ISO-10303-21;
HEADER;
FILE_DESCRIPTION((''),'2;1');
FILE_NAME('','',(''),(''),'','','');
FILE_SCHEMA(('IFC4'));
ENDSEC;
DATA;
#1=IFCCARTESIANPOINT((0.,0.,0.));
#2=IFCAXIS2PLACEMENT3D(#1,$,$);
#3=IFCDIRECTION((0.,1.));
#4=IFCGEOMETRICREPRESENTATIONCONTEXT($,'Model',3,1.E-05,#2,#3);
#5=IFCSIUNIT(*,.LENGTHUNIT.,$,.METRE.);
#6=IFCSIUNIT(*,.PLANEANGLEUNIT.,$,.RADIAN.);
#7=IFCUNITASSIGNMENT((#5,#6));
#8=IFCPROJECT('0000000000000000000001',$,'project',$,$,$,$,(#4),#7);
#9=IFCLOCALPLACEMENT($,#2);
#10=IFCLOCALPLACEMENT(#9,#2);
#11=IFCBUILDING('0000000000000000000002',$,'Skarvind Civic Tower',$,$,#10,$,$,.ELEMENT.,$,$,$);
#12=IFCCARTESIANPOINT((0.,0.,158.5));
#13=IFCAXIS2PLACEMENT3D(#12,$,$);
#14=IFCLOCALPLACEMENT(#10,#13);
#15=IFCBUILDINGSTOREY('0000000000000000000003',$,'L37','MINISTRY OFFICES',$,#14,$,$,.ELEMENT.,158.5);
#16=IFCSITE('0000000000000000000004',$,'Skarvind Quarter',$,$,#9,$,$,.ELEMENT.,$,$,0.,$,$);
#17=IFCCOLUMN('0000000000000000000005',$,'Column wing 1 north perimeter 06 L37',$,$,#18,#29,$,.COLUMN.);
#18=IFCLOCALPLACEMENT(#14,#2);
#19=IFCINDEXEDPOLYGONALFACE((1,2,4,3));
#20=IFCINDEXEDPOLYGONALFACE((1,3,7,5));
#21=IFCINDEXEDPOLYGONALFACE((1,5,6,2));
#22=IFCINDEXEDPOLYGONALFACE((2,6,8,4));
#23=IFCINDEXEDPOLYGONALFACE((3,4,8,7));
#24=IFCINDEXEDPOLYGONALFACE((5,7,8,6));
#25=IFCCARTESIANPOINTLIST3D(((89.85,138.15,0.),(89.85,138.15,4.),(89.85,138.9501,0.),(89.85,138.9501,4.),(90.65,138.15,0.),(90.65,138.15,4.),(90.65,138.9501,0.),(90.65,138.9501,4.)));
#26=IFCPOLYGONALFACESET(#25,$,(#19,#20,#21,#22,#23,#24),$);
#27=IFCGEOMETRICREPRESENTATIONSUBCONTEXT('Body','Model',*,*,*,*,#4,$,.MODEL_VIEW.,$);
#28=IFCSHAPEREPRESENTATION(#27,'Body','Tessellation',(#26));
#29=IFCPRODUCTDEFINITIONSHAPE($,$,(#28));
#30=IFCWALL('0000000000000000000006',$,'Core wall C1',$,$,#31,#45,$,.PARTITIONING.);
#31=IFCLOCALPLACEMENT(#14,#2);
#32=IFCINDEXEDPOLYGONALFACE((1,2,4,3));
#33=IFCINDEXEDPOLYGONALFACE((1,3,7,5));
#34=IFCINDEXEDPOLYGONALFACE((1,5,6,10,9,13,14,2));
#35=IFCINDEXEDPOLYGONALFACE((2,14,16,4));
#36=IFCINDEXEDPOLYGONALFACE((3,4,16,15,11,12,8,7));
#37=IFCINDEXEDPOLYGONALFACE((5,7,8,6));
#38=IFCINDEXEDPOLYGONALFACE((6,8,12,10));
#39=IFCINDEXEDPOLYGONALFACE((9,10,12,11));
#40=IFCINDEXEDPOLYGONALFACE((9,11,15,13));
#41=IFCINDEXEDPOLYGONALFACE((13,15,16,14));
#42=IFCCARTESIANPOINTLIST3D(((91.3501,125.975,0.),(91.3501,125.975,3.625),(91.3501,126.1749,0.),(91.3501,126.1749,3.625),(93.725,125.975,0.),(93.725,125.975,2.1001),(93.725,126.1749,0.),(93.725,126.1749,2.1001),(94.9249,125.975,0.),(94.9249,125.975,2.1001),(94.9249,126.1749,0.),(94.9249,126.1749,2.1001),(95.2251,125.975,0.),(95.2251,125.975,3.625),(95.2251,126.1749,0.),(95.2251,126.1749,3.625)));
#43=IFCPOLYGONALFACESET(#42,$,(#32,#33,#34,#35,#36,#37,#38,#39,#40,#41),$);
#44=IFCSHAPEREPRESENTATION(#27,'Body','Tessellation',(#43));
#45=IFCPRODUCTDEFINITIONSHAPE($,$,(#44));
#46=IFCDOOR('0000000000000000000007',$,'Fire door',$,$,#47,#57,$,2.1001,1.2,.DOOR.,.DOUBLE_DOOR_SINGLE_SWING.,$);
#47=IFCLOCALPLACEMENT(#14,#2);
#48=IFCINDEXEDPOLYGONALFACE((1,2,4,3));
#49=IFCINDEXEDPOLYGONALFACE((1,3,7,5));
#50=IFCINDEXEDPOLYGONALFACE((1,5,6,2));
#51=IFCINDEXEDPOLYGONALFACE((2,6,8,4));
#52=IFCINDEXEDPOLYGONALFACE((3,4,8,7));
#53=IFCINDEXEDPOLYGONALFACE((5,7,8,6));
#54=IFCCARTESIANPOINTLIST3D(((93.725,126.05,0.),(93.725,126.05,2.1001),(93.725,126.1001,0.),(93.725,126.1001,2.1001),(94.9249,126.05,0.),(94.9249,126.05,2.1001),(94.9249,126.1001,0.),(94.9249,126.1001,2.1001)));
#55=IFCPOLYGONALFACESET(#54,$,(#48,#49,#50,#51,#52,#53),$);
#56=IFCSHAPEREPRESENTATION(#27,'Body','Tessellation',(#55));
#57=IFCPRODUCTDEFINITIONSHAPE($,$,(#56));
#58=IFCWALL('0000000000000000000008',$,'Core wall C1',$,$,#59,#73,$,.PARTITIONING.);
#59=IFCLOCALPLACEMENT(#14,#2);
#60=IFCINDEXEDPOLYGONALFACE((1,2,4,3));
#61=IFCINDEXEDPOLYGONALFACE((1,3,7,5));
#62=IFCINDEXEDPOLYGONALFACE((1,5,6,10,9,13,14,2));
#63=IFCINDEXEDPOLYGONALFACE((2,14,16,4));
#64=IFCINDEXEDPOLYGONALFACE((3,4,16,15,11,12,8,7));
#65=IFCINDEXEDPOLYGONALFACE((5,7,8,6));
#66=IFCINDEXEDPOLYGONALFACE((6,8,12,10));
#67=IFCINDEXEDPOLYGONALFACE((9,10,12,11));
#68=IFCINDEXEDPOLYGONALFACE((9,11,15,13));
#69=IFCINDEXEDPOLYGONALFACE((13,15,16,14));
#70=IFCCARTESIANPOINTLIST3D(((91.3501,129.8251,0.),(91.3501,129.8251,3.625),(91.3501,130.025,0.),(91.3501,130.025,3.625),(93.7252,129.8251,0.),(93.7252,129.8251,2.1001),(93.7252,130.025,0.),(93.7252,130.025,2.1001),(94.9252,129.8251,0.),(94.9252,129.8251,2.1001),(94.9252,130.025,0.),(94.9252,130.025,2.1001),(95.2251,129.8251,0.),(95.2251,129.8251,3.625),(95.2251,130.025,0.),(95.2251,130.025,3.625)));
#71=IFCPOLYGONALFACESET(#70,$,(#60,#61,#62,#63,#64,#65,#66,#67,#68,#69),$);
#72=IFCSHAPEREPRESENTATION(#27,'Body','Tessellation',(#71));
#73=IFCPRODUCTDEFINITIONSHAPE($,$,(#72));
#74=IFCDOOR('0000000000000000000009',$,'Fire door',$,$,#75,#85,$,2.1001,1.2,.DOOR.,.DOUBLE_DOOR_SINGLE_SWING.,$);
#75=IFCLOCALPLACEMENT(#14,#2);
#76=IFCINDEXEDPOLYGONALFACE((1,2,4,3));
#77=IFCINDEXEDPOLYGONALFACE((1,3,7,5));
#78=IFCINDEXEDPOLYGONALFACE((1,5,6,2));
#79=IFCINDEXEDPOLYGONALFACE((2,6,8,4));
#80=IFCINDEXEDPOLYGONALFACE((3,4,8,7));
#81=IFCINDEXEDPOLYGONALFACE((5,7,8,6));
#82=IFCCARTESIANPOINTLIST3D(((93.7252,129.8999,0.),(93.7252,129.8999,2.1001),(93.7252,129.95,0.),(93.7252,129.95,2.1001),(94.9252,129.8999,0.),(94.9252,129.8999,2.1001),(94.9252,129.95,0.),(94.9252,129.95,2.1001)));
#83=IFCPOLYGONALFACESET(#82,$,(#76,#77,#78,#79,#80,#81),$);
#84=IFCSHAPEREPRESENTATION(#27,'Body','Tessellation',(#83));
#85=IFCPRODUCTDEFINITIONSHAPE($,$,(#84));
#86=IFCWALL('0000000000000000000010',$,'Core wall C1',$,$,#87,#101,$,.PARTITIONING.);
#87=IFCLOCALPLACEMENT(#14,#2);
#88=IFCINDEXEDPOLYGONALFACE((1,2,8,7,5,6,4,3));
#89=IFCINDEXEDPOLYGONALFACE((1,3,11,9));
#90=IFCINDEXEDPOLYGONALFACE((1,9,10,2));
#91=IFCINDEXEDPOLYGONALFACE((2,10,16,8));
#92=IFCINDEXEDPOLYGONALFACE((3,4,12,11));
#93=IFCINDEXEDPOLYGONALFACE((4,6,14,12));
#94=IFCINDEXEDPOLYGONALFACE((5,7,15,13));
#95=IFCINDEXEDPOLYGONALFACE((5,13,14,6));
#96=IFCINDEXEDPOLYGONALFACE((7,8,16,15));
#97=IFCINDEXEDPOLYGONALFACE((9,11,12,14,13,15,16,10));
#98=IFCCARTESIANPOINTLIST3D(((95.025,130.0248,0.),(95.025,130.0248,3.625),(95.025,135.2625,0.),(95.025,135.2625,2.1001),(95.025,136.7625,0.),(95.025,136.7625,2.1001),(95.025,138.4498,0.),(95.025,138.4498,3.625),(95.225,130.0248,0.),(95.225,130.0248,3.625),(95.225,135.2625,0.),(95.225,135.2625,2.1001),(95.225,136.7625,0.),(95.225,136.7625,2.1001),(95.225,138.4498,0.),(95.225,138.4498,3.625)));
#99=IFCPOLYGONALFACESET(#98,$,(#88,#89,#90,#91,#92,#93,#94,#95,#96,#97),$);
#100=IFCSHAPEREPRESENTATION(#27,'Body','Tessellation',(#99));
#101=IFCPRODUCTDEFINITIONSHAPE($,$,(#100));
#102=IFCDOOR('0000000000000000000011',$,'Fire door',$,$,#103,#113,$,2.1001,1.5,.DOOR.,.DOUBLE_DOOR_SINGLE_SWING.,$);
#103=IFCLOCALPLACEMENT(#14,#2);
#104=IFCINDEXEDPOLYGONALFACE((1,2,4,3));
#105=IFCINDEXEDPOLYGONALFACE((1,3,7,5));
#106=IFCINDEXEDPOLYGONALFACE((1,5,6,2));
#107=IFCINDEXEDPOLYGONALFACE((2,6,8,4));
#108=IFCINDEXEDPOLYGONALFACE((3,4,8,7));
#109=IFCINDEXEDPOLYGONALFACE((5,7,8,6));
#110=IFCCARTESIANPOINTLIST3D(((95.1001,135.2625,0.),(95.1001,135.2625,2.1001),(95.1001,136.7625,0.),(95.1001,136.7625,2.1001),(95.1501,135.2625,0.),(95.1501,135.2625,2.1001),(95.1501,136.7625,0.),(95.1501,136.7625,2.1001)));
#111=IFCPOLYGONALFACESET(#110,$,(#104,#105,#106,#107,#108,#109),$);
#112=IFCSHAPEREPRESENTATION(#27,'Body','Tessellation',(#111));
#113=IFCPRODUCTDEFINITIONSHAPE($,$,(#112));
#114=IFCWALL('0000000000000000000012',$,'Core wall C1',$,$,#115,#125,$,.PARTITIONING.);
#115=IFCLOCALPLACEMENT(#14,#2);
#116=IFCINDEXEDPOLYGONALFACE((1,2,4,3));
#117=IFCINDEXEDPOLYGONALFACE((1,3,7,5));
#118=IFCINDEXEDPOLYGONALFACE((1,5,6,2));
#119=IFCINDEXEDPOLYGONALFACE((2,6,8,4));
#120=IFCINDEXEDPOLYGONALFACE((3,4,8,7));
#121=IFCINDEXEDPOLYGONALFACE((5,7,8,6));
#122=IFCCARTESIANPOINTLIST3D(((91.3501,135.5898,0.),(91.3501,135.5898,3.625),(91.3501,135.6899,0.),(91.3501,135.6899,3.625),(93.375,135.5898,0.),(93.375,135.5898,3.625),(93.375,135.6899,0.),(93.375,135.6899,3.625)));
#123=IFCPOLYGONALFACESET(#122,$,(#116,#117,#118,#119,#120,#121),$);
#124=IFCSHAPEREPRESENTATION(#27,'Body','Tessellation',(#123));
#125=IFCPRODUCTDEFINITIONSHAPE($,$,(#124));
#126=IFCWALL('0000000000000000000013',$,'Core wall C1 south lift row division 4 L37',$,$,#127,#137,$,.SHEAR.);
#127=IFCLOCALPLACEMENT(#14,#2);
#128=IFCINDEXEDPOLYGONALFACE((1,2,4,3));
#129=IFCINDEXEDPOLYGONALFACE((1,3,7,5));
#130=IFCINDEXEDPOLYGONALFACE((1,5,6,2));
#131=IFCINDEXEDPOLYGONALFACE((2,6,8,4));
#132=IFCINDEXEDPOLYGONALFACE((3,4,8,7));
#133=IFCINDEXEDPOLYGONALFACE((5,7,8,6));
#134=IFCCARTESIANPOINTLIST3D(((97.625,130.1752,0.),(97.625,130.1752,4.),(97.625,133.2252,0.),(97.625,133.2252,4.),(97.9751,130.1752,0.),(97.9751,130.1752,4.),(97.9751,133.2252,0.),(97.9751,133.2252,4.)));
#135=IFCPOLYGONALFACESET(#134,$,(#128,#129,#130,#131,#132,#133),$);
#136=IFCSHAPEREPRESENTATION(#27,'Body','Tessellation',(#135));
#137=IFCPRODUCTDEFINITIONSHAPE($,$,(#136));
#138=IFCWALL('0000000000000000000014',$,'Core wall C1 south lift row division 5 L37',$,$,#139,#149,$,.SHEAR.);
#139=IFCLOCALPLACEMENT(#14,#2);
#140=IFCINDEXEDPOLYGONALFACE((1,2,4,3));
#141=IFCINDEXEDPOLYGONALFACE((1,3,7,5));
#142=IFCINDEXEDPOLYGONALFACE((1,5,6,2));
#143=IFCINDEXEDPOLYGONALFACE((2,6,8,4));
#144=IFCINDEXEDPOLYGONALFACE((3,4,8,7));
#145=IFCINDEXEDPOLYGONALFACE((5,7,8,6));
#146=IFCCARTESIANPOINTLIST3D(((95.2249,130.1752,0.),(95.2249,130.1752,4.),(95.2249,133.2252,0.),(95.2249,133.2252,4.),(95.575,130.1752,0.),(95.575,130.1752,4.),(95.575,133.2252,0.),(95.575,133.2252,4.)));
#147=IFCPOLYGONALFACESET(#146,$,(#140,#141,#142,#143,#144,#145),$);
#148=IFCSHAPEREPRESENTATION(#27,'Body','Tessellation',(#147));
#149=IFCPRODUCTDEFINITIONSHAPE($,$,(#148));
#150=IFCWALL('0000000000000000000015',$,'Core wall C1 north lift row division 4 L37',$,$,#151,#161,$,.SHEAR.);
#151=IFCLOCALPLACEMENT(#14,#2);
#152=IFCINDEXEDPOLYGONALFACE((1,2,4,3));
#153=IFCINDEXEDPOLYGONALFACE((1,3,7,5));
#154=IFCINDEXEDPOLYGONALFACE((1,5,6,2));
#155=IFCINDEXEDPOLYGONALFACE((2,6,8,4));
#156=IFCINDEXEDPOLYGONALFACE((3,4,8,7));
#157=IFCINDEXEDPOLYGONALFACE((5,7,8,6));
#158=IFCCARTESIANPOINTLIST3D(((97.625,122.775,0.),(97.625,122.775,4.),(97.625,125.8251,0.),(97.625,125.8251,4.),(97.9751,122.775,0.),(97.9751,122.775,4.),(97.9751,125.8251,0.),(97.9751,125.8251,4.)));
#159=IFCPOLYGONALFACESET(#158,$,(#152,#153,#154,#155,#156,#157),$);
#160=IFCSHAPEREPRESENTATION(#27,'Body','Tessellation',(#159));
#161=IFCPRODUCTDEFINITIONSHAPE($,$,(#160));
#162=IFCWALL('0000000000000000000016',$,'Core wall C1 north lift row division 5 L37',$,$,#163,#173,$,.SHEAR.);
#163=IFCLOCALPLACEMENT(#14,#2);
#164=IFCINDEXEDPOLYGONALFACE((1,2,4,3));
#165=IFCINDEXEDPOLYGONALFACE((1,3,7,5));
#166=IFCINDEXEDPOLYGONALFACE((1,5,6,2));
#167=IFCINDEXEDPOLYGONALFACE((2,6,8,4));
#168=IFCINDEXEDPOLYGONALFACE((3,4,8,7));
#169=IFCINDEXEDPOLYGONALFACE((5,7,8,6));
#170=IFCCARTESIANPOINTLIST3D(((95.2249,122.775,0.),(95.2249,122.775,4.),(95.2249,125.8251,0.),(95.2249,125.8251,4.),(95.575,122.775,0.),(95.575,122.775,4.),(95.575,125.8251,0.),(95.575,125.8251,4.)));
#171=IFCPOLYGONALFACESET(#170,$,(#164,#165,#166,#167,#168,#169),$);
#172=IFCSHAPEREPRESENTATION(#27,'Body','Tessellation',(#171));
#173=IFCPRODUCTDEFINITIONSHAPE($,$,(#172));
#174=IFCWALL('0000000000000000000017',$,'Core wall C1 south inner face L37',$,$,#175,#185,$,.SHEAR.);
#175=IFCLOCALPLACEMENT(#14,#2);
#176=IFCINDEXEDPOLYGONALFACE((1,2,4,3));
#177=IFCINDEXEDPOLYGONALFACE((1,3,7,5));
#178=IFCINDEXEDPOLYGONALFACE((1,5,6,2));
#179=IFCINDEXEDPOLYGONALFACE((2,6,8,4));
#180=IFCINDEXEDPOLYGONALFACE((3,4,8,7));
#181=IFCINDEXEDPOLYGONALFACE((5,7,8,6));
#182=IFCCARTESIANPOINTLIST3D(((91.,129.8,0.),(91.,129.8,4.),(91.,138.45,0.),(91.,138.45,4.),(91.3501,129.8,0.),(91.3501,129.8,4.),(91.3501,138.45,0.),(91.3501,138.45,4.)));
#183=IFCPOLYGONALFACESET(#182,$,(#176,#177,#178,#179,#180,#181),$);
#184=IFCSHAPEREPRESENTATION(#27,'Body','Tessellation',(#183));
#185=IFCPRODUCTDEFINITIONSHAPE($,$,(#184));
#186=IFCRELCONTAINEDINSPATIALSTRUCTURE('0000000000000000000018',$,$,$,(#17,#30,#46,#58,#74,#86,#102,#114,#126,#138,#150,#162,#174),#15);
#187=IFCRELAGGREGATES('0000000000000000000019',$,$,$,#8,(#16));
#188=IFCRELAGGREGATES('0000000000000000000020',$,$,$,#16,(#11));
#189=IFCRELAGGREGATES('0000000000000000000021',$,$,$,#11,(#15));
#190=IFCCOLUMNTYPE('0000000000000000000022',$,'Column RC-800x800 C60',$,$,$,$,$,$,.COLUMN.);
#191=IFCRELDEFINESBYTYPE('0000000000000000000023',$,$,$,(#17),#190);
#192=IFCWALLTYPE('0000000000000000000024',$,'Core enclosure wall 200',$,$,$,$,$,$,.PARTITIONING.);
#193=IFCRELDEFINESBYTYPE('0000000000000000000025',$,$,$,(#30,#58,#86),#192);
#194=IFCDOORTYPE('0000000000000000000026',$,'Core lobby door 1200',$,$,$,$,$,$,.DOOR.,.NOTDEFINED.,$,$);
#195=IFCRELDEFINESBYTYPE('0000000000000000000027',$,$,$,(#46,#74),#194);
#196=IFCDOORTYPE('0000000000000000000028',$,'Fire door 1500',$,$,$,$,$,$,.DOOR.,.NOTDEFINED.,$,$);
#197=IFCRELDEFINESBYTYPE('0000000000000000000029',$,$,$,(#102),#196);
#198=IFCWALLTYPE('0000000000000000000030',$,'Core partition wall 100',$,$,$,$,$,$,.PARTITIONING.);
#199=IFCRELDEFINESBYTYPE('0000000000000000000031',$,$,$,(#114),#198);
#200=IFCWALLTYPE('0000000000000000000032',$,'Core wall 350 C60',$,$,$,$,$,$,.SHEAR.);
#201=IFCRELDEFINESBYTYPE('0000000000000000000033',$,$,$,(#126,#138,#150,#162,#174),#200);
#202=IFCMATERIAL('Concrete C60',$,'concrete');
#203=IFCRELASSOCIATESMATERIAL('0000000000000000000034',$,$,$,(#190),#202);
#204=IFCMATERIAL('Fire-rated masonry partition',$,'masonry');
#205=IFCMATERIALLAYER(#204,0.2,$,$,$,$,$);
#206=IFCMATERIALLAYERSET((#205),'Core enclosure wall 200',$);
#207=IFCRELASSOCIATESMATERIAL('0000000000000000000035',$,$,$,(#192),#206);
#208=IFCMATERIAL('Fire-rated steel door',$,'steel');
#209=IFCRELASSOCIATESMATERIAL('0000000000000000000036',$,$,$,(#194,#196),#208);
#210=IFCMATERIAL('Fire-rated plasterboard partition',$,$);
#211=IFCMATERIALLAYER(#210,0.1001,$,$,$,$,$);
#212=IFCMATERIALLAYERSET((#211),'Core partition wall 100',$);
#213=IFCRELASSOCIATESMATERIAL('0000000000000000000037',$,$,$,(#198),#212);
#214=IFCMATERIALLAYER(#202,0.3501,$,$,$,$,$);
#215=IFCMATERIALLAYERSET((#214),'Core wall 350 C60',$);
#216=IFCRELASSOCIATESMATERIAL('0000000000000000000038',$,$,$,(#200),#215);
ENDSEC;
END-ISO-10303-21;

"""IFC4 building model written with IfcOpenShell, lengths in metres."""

from ifc_helpers import new_model, si_unit, direction, frame, frame_2d, origin, origin_2d, place, context, subcontext, project, spatial, rectangle, extrude, material, layer, layer_set, material_profile, profile_set, type_object, element, fill, save


model = new_model("IFC4")

# Units and contexts
model_context = context("Model", 3, precision=1e-05, world=origin(), true_north=direction((0.0, 1.0)))
body_context = subcontext(model_context, "Body", "Model", "MODEL_VIEW")
ifc_project = project(units=[si_unit("LENGTHUNIT", "METRE"), si_unit("PLANEANGLEUNIT", "RADIAN")], contexts=[model_context])

# Site, building, storey
site_placement = place(None, origin())
site = spatial("IfcSite", under=ifc_project, at=site_placement, Name="Skarvind Quarter", CompositionType="ELEMENT", RefElevation=0.0)
building_placement = place(site_placement, origin())
building = spatial("IfcBuilding", under=site, at=building_placement, Name="Skarvind Civic Tower", CompositionType="ELEMENT")
storey_placement = place(building_placement, frame((0.0, 0.0, 158.5)))
storey = spatial("IfcBuildingStorey", under=building, at=storey_placement, Name="L37", Description="MINISTRY OFFICES", CompositionType="ELEMENT", Elevation=158.5)

# Column
ifc_material_1 = material(Name="Concrete C60", Category="concrete")
ifc_material_profile = material_profile(ifc_material_1, rectangle(XDim=0.8, YDim=0.8, at=origin_2d()), Name="RC-800x800")
ifc_profile_set = profile_set([ifc_material_profile], Name="Concrete C60")
column_type = type_object("IfcColumnType", Name="Column RC-800x800 C60", PredefinedType="COLUMN", material=ifc_profile_set)
column_placement = place(storey_placement, frame((90.25, 138.55, 0.0), z_axis=(0.0, 0.0, 1.0), x_axis=(1.0, 0.0, 0.0)))
element("IfcColumn", 1, at=column_placement, inside=storey, type_object=column_type, Name="Column wing 1 north perimeter 06 L37", PredefinedType="COLUMN", context=body_context, shape_type="SweptSolid", body=[
    extrude(rectangle(XDim=0.8, YDim=0.8, at=origin_2d()), origin(), (0.0, 0.0, 1.0), 4.0),
])

# Walls, openings, doors
ifc_material_2 = material(Name="Fire-rated masonry partition", Category="masonry")
ifc_layer_1 = layer(ifc_material_2, 0.2)
ifc_layer_set_1 = layer_set([ifc_layer_1], Name="Core enclosure wall 200")
wall_type_1 = type_object("IfcWallType", Name="Core enclosure wall 200", PredefinedType="PARTITIONING", material=ifc_layer_set_1)
wall_1_placement = place(storey_placement, frame((95.2251, 126.075, 0.0), z_axis=(0.0, 0.0, 1.0), x_axis=(-1.0, 0.0, 0.0)))
wall_1 = element("IfcWall", 2, at=wall_1_placement, inside=storey, type_object=wall_type_1, Name="Core wall C1", PredefinedType="PARTITIONING", context=body_context, shape_type="SweptSolid", body=[
    extrude(rectangle(XDim=3.875, YDim=0.2, at=frame_2d((1.9375, 0.0))), origin(), (0.0, 0.0, 1.0), 3.625),
])
opening_1_placement = place(wall_1_placement, frame((0.3, 0.0, 0.0)))
opening_1 = element("IfcOpeningElement", 3, at=opening_1_placement, cuts=wall_1, PredefinedType="OPENING", context=body_context, shape_type="SweptSolid", body=[
    extrude(rectangle(XDim=1.2, YDim=2.1001, at=frame_2d((0.6001, 1.05))), frame((0.0, 0.1099, 0.0), z_axis=(0.0, -1.0, 0.0), x_axis=(1.0, 0.0, 0.0)), (0.0, 0.0, 1.0), 0.22),
])
ifc_material_3 = material(Name="Fire-rated steel door", Category="steel")
door_type_1 = type_object("IfcDoorType", Name="Core lobby door 1200", OperationType="NOTDEFINED", PredefinedType="DOOR", material=ifc_material_3)
door_1_placement = place(opening_1_placement, origin())
door_1 = element("IfcDoor", 4, at=door_1_placement, inside=storey, type_object=door_type_1, Name="Fire door", OperationType="DOUBLE_DOOR_SINGLE_SWING", OverallHeight=2.1001, OverallWidth=1.2, PredefinedType="DOOR", context=body_context, shape_type="SweptSolid", body=[
    extrude(rectangle(XDim=1.2, YDim=2.1001, at=frame_2d((0.6001, 1.05))), frame((0.0, 0.0249, 0.0), z_axis=(0.0, -1.0, 0.0), x_axis=(1.0, 0.0, 0.0)), (0.0, 0.0, 1.0), 0.05),
])
fill(opening_1, door_1)
wall_2_placement = place(storey_placement, frame((91.3501, 129.925, 0.0), z_axis=(0.0, 0.0, 1.0), x_axis=(1.0, 0.0, 0.0)))
wall_2 = element("IfcWall", 5, at=wall_2_placement, inside=storey, type_object=wall_type_1, Name="Core wall C1", PredefinedType="PARTITIONING", context=body_context, shape_type="SweptSolid", body=[
    extrude(rectangle(XDim=3.875, YDim=0.2, at=frame_2d((1.9375, 0.0))), origin(), (0.0, 0.0, 1.0), 3.625),
])
opening_2_placement = place(wall_2_placement, frame((2.375, 0.0, 0.0)))
opening_2 = element("IfcOpeningElement", 6, at=opening_2_placement, cuts=wall_2, PredefinedType="OPENING", context=body_context, shape_type="SweptSolid", body=[
    extrude(rectangle(XDim=1.2, YDim=2.1001, at=frame_2d((0.6001, 1.05))), frame((0.0, 0.1099, 0.0), z_axis=(0.0, -1.0, 0.0), x_axis=(1.0, 0.0, 0.0)), (0.0, 0.0, 1.0), 0.22),
])
door_2_placement = place(opening_2_placement, origin())
door_2 = element("IfcDoor", 7, at=door_2_placement, inside=storey, type_object=door_type_1, Name="Fire door", OperationType="DOUBLE_DOOR_SINGLE_SWING", OverallHeight=2.1001, OverallWidth=1.2, PredefinedType="DOOR", context=body_context, shape_type="SweptSolid", body=[
    extrude(rectangle(XDim=1.2, YDim=2.1001, at=frame_2d((0.6001, 1.05))), frame((0.0, 0.0249, 0.0), z_axis=(0.0, -1.0, 0.0), x_axis=(1.0, 0.0, 0.0)), (0.0, 0.0, 1.0), 0.05),
])
fill(opening_2, door_2)
wall_3_placement = place(storey_placement, frame((95.125, 130.0249, 0.0), z_axis=(0.0, 0.0, 1.0), x_axis=(0.0, 1.0, 0.0)))
wall_3 = element("IfcWall", 8, at=wall_3_placement, inside=storey, type_object=wall_type_1, Name="Core wall C1", PredefinedType="PARTITIONING", context=body_context, shape_type="SweptSolid", body=[
    extrude(rectangle(XDim=8.425, YDim=0.2, at=frame_2d((4.2124, 0.0))), origin(), (0.0, 0.0, 1.0), 3.625),
])
opening_3_placement = place(wall_3_placement, frame((5.2375, 0.0, 0.0)))
opening_3 = element("IfcOpeningElement", 9, at=opening_3_placement, cuts=wall_3, PredefinedType="OPENING", context=body_context, shape_type="SweptSolid", body=[
    extrude(rectangle(XDim=1.5, YDim=2.1001, at=frame_2d((0.75, 1.05))), frame((0.0, 0.1099, 0.0), z_axis=(0.0, -1.0, 0.0), x_axis=(1.0, 0.0, 0.0)), (0.0, 0.0, 1.0), 0.22),
])
door_type_2 = type_object("IfcDoorType", Name="Fire door 1500", OperationType="NOTDEFINED", PredefinedType="DOOR", material=ifc_material_3)
door_3_placement = place(opening_3_placement, origin())
door_3 = element("IfcDoor", 10, at=door_3_placement, inside=storey, type_object=door_type_2, Name="Fire door", OperationType="DOUBLE_DOOR_SINGLE_SWING", OverallHeight=2.1001, OverallWidth=1.5, PredefinedType="DOOR", context=body_context, shape_type="SweptSolid", body=[
    extrude(rectangle(XDim=1.5, YDim=2.1001, at=frame_2d((0.75, 1.05))), frame((0.0, 0.0249, 0.0), z_axis=(0.0, -1.0, 0.0), x_axis=(1.0, 0.0, 0.0)), (0.0, 0.0, 1.0), 0.05),
])
fill(opening_3, door_3)

# Walls
ifc_material_4 = material(Name="Fire-rated plasterboard partition")
ifc_layer_2 = layer(ifc_material_4, 0.1001)
ifc_layer_set_2 = layer_set([ifc_layer_2], Name="Core partition wall 100")
wall_type_2 = type_object("IfcWallType", Name="Core partition wall 100", PredefinedType="PARTITIONING", material=ifc_layer_set_2)
wall_4_placement = place(storey_placement, frame((91.3501, 135.6399, 0.0), z_axis=(0.0, 0.0, 1.0), x_axis=(1.0, 0.0, 0.0)))
element("IfcWall", 11, at=wall_4_placement, inside=storey, type_object=wall_type_2, Name="Core wall C1", PredefinedType="PARTITIONING", context=body_context, shape_type="SweptSolid", body=[
    extrude(rectangle(XDim=2.0249, YDim=0.1001, at=frame_2d((1.0125, 0.0))), origin(), (0.0, 0.0, 1.0), 3.625),
])
ifc_layer_3 = layer(ifc_material_1, 0.3501)
ifc_layer_set_3 = layer_set([ifc_layer_3], Name="Core wall 350 C60")
wall_type_3 = type_object("IfcWallType", Name="Core wall 350 C60", PredefinedType="SHEAR", material=ifc_layer_set_3)
for number, where, z_axis, x_axis, name in (
    (12, (97.8, 133.2251, 0.0), (0.0, 0.0, 1.0), (0.0, -1.0, 0.0), "Core wall C1 south lift row division 4 L37"),
    (13, (95.3999, 133.2251, 0.0), (0.0, 0.0, 1.0), (0.0, -1.0, 0.0), "Core wall C1 south lift row division 5 L37"),
    (14, (97.8, 125.825, 0.0), (0.0, 0.0, 1.0), (0.0, -1.0, 0.0), "Core wall C1 north lift row division 4 L37"),
    (15, (95.3999, 125.825, 0.0), (0.0, 0.0, 1.0), (0.0, -1.0, 0.0), "Core wall C1 north lift row division 5 L37"),
):
    element("IfcWall", number, at=place(storey_placement, frame(where, z_axis=z_axis, x_axis=x_axis)), inside=storey, type_object=wall_type_3, Name=name, PredefinedType="SHEAR", context=body_context, shape_type="SweptSolid", body=[
        extrude(rectangle(XDim=3.05, YDim=0.3501, at=frame_2d((1.5249, 0.0))), origin(), (0.0, 0.0, 1.0), 4.0),
    ])
for number, where, z_axis, x_axis, name in (
    (16, (91.175, 138.45, 0.0), (0.0, 0.0, 1.0), (0.0, -1.0, 0.0), "Core wall C1 south inner face L37"),
):
    element("IfcWall", number, at=place(storey_placement, frame(where, z_axis=z_axis, x_axis=x_axis)), inside=storey, type_object=wall_type_3, Name=name, PredefinedType="SHEAR", context=body_context, shape_type="SweptSolid", body=[
        extrude(rectangle(XDim=8.6499, YDim=0.3501, at=frame_2d((4.325, 0.0))), origin(), (0.0, 0.0, 1.0), 4.0),
    ])

save(model, "model.ifc")
